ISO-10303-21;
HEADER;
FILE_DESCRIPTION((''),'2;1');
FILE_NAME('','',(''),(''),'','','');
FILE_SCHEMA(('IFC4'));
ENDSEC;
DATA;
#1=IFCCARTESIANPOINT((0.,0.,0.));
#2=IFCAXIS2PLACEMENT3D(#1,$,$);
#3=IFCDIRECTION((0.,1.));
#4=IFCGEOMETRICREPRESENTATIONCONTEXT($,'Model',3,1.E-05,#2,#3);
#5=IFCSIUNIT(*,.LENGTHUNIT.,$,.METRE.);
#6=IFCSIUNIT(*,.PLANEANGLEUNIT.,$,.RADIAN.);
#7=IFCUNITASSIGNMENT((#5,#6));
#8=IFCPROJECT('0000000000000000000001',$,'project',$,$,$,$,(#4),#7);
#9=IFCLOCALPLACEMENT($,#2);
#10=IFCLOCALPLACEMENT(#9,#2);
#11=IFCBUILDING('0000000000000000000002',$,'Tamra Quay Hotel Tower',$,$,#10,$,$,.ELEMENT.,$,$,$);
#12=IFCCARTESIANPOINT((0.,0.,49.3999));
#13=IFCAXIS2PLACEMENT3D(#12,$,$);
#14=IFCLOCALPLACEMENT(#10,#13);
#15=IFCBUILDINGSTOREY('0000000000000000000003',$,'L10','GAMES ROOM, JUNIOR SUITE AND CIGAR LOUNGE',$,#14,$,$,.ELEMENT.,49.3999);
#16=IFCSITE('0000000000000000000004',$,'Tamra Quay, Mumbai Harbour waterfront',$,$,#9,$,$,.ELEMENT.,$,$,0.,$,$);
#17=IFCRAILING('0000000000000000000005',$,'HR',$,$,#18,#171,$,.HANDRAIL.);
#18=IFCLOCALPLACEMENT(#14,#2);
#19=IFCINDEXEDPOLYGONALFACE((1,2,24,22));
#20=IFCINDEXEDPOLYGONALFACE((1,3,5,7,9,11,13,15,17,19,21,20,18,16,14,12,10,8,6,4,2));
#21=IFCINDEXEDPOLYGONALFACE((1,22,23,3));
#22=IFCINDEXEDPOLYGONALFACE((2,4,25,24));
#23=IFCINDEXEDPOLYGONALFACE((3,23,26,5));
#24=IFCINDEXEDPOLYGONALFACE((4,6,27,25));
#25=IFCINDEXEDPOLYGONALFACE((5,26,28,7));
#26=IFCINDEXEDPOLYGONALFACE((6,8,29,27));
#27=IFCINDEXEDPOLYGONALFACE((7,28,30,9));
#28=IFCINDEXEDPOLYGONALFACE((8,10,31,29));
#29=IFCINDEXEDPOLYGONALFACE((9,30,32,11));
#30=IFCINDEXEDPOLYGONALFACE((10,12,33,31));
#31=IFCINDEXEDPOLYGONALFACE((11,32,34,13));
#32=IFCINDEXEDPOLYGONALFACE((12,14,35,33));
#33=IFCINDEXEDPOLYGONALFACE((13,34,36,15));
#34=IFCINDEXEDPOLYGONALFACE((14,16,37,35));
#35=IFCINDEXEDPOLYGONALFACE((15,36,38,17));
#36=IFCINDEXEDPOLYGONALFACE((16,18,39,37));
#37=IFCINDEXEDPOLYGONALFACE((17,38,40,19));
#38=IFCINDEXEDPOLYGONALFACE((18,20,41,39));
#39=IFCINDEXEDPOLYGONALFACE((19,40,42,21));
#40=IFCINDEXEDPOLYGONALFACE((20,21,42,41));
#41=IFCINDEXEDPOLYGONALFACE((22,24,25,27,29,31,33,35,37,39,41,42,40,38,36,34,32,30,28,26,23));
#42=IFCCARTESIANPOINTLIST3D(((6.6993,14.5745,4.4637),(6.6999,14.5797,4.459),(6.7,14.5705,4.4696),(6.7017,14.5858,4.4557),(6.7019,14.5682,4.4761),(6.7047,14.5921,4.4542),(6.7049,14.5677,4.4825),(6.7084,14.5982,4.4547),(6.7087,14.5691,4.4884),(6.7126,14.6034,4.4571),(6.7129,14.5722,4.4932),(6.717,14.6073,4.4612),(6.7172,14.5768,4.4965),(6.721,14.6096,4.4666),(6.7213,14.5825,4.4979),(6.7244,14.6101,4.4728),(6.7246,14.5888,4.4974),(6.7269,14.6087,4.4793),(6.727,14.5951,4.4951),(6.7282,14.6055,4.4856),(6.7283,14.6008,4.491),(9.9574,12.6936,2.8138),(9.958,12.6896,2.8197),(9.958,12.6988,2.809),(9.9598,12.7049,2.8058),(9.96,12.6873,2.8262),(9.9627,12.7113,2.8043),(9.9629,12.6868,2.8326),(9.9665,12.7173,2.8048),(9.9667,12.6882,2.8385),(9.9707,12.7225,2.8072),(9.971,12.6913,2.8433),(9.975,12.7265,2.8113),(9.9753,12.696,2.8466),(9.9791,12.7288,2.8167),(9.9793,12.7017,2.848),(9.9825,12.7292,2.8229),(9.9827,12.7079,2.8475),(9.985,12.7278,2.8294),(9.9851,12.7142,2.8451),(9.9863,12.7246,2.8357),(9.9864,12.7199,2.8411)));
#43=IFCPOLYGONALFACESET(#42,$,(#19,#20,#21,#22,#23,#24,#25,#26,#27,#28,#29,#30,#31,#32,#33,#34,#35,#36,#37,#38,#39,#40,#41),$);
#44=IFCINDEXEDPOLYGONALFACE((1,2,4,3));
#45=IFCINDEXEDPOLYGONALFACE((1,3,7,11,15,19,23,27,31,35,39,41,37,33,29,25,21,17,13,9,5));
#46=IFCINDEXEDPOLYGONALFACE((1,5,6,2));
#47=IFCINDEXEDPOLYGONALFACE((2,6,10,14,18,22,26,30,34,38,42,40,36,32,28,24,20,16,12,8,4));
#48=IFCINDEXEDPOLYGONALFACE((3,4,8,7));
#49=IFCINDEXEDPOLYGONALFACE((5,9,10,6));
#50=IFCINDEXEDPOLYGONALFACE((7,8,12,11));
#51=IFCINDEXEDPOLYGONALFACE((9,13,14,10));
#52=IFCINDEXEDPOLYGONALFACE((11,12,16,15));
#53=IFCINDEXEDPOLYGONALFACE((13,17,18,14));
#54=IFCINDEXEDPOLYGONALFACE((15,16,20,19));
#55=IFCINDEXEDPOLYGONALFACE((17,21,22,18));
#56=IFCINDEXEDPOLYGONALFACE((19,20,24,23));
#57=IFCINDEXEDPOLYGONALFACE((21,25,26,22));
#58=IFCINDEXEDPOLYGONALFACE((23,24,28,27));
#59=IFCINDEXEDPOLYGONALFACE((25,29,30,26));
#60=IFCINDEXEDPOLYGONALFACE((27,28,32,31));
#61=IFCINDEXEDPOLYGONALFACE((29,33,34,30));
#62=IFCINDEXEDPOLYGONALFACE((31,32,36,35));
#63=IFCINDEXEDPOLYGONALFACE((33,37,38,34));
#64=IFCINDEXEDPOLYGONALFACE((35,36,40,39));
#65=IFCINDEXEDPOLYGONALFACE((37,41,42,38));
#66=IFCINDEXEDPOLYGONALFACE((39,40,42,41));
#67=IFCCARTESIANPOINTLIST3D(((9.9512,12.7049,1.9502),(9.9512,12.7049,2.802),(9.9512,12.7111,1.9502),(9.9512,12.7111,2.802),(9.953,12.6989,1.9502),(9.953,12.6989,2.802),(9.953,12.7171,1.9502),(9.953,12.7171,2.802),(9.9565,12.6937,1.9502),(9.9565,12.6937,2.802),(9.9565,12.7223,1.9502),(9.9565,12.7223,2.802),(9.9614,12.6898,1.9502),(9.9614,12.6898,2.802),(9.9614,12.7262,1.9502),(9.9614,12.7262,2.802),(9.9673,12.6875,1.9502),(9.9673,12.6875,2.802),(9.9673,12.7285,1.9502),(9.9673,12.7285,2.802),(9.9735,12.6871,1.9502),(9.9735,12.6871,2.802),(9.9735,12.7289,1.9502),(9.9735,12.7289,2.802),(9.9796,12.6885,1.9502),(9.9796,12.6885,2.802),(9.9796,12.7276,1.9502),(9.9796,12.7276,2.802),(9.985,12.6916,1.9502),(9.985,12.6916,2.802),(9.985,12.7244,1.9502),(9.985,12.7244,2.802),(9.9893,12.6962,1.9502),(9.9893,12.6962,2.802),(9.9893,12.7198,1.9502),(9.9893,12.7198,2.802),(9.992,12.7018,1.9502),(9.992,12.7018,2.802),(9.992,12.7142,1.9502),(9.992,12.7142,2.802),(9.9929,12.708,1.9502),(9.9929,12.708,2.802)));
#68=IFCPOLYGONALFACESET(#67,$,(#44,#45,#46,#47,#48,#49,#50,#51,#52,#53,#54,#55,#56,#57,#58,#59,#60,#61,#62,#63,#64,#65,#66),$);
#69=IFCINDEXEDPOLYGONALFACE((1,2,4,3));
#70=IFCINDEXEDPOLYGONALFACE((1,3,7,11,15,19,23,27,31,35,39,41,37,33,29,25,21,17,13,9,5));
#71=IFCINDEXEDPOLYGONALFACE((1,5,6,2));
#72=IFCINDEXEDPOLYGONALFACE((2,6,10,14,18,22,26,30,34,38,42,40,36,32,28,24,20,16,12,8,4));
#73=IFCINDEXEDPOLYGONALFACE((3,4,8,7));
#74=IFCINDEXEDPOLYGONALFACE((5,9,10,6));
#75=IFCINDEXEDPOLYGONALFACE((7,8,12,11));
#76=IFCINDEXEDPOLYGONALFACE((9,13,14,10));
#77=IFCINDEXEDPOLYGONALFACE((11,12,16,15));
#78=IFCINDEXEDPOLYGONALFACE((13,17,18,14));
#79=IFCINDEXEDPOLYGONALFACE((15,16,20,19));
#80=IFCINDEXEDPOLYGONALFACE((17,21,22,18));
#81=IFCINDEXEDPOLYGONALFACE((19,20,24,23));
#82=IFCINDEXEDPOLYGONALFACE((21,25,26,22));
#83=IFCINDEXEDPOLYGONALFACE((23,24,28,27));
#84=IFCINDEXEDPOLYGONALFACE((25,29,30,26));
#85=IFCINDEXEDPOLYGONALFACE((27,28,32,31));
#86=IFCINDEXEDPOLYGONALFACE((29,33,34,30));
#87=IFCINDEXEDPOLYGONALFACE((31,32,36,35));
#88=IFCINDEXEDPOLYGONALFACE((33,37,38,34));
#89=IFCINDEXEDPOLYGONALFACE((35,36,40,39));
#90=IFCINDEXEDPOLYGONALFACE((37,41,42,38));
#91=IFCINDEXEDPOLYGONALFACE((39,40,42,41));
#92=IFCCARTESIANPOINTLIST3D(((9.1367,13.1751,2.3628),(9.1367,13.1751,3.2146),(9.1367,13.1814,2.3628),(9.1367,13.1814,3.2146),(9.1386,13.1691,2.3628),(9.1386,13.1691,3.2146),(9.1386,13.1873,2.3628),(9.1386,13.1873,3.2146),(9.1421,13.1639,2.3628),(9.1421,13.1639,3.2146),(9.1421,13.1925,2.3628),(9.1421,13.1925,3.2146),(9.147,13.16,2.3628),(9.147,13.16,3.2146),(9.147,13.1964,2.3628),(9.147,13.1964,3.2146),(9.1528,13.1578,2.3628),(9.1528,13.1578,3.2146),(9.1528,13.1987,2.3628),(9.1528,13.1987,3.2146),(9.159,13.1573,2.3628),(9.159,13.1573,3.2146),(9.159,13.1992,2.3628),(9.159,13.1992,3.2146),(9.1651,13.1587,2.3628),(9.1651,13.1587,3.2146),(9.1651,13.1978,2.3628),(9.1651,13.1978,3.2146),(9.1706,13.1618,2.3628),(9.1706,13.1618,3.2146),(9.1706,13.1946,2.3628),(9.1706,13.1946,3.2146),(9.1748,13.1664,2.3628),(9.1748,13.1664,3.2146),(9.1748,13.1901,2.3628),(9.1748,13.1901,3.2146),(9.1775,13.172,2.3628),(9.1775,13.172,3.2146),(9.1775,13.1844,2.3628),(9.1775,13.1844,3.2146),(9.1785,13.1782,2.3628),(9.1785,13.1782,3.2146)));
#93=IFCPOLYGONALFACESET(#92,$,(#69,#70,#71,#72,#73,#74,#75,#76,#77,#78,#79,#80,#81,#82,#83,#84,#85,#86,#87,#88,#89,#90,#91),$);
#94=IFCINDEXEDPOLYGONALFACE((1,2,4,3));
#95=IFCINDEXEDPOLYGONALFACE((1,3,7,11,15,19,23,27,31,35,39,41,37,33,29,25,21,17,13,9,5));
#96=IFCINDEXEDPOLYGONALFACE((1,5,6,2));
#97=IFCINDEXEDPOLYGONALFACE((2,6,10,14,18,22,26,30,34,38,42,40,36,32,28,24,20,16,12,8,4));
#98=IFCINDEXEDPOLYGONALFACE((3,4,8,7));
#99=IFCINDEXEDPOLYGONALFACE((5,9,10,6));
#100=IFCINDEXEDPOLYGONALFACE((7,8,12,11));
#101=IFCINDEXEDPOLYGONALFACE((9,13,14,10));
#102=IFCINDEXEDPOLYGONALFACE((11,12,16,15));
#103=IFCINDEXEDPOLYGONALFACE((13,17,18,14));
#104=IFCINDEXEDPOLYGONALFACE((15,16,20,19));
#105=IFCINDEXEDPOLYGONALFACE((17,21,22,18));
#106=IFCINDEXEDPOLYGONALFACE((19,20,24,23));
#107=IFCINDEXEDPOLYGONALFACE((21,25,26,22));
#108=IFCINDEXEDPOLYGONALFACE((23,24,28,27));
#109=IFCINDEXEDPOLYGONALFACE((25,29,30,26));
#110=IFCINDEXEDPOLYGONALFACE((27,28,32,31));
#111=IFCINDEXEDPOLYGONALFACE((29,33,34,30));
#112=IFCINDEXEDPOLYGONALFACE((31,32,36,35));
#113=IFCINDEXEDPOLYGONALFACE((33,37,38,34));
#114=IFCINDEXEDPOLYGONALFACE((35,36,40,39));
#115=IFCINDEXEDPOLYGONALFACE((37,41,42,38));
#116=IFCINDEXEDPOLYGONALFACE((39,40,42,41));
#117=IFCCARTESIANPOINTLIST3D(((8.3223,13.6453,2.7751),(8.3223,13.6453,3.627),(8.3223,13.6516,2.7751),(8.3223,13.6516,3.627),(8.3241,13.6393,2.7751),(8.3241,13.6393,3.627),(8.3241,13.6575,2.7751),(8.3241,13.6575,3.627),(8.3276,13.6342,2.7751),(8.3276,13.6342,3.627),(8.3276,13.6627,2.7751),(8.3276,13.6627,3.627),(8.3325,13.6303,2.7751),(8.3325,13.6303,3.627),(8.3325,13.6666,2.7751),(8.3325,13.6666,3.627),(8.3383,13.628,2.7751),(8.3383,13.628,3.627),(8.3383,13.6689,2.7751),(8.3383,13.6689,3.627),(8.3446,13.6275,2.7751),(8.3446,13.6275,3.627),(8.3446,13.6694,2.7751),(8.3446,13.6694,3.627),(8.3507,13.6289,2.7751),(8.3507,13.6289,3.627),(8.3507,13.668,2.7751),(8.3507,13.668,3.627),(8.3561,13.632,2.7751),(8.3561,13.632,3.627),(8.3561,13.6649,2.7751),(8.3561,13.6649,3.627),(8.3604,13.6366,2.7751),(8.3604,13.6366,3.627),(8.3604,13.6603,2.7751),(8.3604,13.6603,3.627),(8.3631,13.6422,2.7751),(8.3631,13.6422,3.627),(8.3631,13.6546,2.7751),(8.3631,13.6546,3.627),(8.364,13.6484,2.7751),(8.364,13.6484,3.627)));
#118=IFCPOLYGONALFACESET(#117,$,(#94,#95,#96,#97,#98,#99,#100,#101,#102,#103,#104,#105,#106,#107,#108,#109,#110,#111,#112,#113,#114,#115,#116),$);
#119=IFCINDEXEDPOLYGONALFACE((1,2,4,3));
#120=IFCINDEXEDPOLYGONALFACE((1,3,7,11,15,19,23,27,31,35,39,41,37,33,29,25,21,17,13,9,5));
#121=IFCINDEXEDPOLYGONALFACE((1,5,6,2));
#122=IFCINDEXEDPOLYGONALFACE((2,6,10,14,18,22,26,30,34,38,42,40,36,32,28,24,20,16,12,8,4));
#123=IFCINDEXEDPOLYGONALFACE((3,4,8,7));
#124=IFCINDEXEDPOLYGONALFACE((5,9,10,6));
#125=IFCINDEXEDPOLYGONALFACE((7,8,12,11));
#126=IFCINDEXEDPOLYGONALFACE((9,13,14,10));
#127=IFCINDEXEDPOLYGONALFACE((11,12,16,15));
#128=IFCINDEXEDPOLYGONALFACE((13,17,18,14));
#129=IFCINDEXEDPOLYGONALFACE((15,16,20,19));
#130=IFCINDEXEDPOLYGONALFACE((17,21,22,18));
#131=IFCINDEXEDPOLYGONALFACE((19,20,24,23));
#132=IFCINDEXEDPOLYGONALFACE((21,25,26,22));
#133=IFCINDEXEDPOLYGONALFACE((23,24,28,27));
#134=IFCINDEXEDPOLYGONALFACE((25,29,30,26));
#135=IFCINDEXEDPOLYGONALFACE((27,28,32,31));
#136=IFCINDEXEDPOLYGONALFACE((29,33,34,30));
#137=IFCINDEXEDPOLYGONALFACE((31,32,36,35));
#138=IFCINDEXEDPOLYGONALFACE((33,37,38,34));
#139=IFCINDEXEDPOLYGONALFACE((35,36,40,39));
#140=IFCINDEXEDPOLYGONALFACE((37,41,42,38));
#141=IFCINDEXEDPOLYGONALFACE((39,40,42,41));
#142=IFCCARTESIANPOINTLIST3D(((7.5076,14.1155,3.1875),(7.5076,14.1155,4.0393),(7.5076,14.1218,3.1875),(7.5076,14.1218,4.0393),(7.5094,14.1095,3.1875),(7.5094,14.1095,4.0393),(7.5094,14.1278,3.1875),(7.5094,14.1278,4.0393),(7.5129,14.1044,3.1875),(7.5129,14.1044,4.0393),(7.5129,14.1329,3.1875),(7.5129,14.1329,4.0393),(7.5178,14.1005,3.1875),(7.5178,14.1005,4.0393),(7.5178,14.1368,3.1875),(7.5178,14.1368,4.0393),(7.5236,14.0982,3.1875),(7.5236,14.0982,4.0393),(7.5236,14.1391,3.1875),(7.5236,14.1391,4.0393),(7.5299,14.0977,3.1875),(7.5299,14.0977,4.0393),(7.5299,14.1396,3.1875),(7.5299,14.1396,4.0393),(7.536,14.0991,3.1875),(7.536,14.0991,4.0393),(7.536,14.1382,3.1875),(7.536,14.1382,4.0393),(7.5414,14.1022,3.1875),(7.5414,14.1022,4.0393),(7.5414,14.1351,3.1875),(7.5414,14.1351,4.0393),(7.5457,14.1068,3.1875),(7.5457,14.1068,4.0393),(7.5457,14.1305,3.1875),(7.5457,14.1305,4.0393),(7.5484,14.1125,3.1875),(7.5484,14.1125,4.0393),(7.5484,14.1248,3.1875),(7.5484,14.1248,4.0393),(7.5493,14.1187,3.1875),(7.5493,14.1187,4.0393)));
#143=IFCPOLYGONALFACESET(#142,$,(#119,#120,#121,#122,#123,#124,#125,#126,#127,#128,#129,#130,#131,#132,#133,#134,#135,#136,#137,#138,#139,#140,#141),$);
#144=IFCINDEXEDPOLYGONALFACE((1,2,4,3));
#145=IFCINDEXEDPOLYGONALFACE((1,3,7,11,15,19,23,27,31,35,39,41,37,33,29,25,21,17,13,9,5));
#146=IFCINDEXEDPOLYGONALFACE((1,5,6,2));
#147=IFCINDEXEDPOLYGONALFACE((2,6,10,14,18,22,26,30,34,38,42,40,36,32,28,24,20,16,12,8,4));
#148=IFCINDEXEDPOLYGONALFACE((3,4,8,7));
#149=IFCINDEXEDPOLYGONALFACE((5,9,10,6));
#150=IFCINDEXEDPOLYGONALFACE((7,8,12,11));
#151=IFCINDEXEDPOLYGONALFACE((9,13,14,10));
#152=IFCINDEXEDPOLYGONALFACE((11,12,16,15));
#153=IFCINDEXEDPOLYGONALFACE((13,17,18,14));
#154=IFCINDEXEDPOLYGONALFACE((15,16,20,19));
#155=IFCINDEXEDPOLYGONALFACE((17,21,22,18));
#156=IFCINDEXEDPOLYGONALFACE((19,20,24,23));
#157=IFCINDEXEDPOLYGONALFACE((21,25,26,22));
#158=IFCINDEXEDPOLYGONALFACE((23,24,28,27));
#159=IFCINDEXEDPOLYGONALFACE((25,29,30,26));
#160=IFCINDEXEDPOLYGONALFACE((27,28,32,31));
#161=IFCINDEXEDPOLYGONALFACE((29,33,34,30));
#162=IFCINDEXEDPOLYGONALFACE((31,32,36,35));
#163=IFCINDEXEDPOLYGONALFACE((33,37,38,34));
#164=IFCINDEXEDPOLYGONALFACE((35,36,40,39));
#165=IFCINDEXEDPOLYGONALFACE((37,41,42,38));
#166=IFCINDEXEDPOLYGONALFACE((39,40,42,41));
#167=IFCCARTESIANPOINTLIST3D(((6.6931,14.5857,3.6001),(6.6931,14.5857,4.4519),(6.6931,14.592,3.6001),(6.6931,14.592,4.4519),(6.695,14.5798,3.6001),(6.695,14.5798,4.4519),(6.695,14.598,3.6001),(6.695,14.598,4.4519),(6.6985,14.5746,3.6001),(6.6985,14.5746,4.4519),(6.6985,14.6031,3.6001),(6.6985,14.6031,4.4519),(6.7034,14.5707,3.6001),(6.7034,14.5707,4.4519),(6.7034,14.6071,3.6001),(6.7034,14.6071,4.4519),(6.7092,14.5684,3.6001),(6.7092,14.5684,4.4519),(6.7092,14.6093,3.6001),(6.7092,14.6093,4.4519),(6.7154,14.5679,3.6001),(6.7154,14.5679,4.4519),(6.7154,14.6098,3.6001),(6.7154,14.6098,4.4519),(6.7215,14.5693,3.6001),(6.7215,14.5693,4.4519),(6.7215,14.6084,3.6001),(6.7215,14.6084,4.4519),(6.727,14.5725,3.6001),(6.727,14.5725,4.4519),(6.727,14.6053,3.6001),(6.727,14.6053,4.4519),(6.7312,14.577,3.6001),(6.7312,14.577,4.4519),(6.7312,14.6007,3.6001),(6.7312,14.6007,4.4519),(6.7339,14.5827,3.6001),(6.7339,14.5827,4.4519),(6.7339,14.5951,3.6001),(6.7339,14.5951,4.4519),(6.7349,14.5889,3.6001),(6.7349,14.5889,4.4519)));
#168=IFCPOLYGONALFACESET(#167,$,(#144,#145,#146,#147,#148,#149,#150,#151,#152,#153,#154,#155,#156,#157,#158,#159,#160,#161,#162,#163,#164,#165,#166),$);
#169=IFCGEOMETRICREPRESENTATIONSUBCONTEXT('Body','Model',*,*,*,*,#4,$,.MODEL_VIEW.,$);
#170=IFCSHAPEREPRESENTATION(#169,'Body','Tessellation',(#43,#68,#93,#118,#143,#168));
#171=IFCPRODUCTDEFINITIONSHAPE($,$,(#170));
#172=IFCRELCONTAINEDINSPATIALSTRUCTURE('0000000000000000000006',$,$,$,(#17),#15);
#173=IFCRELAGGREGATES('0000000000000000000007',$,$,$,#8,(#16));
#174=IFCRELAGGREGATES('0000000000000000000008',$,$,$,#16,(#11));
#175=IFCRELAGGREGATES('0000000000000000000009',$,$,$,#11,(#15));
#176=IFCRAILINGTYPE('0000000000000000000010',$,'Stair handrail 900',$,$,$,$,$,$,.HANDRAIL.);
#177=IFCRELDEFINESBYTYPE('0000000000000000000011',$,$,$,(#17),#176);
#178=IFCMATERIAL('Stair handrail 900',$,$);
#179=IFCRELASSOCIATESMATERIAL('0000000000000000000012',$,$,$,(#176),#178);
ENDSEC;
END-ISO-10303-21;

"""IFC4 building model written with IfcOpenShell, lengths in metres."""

from ifc_helpers import new_model, si_unit, direction, frame, origin, origin_2d, place, context, subcontext, project, spatial, circle, extrude, material, type_object, element, save


model = new_model("IFC4")

# Units and contexts
model_context = context("Model", 3, precision=1e-05, world=origin(), true_north=direction((0.0, 1.0)))
body_context = subcontext(model_context, "Body", "Model", "MODEL_VIEW")
ifc_project = project(units=[si_unit("LENGTHUNIT", "METRE"), si_unit("PLANEANGLEUNIT", "RADIAN")], contexts=[model_context])

# Site, building, storey
site_placement = place(None, origin())
site = spatial("IfcSite", under=ifc_project, at=site_placement, Name="Tamra Quay, Mumbai Harbour waterfront", CompositionType="ELEMENT", RefElevation=0.0)
building_placement = place(site_placement, origin())
building = spatial("IfcBuilding", under=site, at=building_placement, Name="Tamra Quay Hotel Tower", CompositionType="ELEMENT")
storey_placement = place(building_placement, frame((0.0, 0.0, 49.3999)))
storey = spatial("IfcBuildingStorey", under=building, at=storey_placement, Name="L10", Description="GAMES ROOM, JUNIOR SUITE AND CIGAR LOUNGE", CompositionType="ELEMENT", Elevation=49.3999)

# Railing
ifc_material_1 = material(Name="Stair handrail 900")
railing_type = type_object("IfcRailingType", Name="Stair handrail 900", PredefinedType="HANDRAIL", material=ifc_material_1)
railing_placement = place(storey_placement, frame((9.9719, 12.708, 1.9502)))
element("IfcRailing", 1, at=railing_placement, inside=storey, type_object=railing_type, Name="HR", PredefinedType="HANDRAIL", context=body_context, shape_type="SweptSolid", body=[
    extrude(circle(Radius=0.0239, at=origin_2d()), frame((0.0, 0.0, 0.876), z_axis=(-0.793122, 0.457865, 0.401642), x_axis=(-0.499964, -0.866046, 0.0)), (0.0, 0.0, 1.0), 4.1079),
    extrude(circle(Radius=0.021, at=origin_2d()), origin(), (0.0, 0.0, 1.0), 0.8518),
    extrude(circle(Radius=0.021, at=origin_2d()), frame((-0.8145, 0.4702, 0.4126)), (0.0, 0.0, 1.0), 0.8518),
    extrude(circle(Radius=0.021, at=origin_2d()), frame((-1.6289, 0.9404, 0.825)), (0.0, 0.0, 1.0), 0.8518),
    extrude(circle(Radius=0.021, at=origin_2d()), frame((-2.4436, 1.4106, 1.2373)), (0.0, 0.0, 1.0), 0.8518),
    extrude(circle(Radius=0.021, at=origin_2d()), frame((-3.2581, 1.8809, 1.6499)), (0.0, 0.0, 1.0), 0.8518),
])

save(model, "model.ifc")
